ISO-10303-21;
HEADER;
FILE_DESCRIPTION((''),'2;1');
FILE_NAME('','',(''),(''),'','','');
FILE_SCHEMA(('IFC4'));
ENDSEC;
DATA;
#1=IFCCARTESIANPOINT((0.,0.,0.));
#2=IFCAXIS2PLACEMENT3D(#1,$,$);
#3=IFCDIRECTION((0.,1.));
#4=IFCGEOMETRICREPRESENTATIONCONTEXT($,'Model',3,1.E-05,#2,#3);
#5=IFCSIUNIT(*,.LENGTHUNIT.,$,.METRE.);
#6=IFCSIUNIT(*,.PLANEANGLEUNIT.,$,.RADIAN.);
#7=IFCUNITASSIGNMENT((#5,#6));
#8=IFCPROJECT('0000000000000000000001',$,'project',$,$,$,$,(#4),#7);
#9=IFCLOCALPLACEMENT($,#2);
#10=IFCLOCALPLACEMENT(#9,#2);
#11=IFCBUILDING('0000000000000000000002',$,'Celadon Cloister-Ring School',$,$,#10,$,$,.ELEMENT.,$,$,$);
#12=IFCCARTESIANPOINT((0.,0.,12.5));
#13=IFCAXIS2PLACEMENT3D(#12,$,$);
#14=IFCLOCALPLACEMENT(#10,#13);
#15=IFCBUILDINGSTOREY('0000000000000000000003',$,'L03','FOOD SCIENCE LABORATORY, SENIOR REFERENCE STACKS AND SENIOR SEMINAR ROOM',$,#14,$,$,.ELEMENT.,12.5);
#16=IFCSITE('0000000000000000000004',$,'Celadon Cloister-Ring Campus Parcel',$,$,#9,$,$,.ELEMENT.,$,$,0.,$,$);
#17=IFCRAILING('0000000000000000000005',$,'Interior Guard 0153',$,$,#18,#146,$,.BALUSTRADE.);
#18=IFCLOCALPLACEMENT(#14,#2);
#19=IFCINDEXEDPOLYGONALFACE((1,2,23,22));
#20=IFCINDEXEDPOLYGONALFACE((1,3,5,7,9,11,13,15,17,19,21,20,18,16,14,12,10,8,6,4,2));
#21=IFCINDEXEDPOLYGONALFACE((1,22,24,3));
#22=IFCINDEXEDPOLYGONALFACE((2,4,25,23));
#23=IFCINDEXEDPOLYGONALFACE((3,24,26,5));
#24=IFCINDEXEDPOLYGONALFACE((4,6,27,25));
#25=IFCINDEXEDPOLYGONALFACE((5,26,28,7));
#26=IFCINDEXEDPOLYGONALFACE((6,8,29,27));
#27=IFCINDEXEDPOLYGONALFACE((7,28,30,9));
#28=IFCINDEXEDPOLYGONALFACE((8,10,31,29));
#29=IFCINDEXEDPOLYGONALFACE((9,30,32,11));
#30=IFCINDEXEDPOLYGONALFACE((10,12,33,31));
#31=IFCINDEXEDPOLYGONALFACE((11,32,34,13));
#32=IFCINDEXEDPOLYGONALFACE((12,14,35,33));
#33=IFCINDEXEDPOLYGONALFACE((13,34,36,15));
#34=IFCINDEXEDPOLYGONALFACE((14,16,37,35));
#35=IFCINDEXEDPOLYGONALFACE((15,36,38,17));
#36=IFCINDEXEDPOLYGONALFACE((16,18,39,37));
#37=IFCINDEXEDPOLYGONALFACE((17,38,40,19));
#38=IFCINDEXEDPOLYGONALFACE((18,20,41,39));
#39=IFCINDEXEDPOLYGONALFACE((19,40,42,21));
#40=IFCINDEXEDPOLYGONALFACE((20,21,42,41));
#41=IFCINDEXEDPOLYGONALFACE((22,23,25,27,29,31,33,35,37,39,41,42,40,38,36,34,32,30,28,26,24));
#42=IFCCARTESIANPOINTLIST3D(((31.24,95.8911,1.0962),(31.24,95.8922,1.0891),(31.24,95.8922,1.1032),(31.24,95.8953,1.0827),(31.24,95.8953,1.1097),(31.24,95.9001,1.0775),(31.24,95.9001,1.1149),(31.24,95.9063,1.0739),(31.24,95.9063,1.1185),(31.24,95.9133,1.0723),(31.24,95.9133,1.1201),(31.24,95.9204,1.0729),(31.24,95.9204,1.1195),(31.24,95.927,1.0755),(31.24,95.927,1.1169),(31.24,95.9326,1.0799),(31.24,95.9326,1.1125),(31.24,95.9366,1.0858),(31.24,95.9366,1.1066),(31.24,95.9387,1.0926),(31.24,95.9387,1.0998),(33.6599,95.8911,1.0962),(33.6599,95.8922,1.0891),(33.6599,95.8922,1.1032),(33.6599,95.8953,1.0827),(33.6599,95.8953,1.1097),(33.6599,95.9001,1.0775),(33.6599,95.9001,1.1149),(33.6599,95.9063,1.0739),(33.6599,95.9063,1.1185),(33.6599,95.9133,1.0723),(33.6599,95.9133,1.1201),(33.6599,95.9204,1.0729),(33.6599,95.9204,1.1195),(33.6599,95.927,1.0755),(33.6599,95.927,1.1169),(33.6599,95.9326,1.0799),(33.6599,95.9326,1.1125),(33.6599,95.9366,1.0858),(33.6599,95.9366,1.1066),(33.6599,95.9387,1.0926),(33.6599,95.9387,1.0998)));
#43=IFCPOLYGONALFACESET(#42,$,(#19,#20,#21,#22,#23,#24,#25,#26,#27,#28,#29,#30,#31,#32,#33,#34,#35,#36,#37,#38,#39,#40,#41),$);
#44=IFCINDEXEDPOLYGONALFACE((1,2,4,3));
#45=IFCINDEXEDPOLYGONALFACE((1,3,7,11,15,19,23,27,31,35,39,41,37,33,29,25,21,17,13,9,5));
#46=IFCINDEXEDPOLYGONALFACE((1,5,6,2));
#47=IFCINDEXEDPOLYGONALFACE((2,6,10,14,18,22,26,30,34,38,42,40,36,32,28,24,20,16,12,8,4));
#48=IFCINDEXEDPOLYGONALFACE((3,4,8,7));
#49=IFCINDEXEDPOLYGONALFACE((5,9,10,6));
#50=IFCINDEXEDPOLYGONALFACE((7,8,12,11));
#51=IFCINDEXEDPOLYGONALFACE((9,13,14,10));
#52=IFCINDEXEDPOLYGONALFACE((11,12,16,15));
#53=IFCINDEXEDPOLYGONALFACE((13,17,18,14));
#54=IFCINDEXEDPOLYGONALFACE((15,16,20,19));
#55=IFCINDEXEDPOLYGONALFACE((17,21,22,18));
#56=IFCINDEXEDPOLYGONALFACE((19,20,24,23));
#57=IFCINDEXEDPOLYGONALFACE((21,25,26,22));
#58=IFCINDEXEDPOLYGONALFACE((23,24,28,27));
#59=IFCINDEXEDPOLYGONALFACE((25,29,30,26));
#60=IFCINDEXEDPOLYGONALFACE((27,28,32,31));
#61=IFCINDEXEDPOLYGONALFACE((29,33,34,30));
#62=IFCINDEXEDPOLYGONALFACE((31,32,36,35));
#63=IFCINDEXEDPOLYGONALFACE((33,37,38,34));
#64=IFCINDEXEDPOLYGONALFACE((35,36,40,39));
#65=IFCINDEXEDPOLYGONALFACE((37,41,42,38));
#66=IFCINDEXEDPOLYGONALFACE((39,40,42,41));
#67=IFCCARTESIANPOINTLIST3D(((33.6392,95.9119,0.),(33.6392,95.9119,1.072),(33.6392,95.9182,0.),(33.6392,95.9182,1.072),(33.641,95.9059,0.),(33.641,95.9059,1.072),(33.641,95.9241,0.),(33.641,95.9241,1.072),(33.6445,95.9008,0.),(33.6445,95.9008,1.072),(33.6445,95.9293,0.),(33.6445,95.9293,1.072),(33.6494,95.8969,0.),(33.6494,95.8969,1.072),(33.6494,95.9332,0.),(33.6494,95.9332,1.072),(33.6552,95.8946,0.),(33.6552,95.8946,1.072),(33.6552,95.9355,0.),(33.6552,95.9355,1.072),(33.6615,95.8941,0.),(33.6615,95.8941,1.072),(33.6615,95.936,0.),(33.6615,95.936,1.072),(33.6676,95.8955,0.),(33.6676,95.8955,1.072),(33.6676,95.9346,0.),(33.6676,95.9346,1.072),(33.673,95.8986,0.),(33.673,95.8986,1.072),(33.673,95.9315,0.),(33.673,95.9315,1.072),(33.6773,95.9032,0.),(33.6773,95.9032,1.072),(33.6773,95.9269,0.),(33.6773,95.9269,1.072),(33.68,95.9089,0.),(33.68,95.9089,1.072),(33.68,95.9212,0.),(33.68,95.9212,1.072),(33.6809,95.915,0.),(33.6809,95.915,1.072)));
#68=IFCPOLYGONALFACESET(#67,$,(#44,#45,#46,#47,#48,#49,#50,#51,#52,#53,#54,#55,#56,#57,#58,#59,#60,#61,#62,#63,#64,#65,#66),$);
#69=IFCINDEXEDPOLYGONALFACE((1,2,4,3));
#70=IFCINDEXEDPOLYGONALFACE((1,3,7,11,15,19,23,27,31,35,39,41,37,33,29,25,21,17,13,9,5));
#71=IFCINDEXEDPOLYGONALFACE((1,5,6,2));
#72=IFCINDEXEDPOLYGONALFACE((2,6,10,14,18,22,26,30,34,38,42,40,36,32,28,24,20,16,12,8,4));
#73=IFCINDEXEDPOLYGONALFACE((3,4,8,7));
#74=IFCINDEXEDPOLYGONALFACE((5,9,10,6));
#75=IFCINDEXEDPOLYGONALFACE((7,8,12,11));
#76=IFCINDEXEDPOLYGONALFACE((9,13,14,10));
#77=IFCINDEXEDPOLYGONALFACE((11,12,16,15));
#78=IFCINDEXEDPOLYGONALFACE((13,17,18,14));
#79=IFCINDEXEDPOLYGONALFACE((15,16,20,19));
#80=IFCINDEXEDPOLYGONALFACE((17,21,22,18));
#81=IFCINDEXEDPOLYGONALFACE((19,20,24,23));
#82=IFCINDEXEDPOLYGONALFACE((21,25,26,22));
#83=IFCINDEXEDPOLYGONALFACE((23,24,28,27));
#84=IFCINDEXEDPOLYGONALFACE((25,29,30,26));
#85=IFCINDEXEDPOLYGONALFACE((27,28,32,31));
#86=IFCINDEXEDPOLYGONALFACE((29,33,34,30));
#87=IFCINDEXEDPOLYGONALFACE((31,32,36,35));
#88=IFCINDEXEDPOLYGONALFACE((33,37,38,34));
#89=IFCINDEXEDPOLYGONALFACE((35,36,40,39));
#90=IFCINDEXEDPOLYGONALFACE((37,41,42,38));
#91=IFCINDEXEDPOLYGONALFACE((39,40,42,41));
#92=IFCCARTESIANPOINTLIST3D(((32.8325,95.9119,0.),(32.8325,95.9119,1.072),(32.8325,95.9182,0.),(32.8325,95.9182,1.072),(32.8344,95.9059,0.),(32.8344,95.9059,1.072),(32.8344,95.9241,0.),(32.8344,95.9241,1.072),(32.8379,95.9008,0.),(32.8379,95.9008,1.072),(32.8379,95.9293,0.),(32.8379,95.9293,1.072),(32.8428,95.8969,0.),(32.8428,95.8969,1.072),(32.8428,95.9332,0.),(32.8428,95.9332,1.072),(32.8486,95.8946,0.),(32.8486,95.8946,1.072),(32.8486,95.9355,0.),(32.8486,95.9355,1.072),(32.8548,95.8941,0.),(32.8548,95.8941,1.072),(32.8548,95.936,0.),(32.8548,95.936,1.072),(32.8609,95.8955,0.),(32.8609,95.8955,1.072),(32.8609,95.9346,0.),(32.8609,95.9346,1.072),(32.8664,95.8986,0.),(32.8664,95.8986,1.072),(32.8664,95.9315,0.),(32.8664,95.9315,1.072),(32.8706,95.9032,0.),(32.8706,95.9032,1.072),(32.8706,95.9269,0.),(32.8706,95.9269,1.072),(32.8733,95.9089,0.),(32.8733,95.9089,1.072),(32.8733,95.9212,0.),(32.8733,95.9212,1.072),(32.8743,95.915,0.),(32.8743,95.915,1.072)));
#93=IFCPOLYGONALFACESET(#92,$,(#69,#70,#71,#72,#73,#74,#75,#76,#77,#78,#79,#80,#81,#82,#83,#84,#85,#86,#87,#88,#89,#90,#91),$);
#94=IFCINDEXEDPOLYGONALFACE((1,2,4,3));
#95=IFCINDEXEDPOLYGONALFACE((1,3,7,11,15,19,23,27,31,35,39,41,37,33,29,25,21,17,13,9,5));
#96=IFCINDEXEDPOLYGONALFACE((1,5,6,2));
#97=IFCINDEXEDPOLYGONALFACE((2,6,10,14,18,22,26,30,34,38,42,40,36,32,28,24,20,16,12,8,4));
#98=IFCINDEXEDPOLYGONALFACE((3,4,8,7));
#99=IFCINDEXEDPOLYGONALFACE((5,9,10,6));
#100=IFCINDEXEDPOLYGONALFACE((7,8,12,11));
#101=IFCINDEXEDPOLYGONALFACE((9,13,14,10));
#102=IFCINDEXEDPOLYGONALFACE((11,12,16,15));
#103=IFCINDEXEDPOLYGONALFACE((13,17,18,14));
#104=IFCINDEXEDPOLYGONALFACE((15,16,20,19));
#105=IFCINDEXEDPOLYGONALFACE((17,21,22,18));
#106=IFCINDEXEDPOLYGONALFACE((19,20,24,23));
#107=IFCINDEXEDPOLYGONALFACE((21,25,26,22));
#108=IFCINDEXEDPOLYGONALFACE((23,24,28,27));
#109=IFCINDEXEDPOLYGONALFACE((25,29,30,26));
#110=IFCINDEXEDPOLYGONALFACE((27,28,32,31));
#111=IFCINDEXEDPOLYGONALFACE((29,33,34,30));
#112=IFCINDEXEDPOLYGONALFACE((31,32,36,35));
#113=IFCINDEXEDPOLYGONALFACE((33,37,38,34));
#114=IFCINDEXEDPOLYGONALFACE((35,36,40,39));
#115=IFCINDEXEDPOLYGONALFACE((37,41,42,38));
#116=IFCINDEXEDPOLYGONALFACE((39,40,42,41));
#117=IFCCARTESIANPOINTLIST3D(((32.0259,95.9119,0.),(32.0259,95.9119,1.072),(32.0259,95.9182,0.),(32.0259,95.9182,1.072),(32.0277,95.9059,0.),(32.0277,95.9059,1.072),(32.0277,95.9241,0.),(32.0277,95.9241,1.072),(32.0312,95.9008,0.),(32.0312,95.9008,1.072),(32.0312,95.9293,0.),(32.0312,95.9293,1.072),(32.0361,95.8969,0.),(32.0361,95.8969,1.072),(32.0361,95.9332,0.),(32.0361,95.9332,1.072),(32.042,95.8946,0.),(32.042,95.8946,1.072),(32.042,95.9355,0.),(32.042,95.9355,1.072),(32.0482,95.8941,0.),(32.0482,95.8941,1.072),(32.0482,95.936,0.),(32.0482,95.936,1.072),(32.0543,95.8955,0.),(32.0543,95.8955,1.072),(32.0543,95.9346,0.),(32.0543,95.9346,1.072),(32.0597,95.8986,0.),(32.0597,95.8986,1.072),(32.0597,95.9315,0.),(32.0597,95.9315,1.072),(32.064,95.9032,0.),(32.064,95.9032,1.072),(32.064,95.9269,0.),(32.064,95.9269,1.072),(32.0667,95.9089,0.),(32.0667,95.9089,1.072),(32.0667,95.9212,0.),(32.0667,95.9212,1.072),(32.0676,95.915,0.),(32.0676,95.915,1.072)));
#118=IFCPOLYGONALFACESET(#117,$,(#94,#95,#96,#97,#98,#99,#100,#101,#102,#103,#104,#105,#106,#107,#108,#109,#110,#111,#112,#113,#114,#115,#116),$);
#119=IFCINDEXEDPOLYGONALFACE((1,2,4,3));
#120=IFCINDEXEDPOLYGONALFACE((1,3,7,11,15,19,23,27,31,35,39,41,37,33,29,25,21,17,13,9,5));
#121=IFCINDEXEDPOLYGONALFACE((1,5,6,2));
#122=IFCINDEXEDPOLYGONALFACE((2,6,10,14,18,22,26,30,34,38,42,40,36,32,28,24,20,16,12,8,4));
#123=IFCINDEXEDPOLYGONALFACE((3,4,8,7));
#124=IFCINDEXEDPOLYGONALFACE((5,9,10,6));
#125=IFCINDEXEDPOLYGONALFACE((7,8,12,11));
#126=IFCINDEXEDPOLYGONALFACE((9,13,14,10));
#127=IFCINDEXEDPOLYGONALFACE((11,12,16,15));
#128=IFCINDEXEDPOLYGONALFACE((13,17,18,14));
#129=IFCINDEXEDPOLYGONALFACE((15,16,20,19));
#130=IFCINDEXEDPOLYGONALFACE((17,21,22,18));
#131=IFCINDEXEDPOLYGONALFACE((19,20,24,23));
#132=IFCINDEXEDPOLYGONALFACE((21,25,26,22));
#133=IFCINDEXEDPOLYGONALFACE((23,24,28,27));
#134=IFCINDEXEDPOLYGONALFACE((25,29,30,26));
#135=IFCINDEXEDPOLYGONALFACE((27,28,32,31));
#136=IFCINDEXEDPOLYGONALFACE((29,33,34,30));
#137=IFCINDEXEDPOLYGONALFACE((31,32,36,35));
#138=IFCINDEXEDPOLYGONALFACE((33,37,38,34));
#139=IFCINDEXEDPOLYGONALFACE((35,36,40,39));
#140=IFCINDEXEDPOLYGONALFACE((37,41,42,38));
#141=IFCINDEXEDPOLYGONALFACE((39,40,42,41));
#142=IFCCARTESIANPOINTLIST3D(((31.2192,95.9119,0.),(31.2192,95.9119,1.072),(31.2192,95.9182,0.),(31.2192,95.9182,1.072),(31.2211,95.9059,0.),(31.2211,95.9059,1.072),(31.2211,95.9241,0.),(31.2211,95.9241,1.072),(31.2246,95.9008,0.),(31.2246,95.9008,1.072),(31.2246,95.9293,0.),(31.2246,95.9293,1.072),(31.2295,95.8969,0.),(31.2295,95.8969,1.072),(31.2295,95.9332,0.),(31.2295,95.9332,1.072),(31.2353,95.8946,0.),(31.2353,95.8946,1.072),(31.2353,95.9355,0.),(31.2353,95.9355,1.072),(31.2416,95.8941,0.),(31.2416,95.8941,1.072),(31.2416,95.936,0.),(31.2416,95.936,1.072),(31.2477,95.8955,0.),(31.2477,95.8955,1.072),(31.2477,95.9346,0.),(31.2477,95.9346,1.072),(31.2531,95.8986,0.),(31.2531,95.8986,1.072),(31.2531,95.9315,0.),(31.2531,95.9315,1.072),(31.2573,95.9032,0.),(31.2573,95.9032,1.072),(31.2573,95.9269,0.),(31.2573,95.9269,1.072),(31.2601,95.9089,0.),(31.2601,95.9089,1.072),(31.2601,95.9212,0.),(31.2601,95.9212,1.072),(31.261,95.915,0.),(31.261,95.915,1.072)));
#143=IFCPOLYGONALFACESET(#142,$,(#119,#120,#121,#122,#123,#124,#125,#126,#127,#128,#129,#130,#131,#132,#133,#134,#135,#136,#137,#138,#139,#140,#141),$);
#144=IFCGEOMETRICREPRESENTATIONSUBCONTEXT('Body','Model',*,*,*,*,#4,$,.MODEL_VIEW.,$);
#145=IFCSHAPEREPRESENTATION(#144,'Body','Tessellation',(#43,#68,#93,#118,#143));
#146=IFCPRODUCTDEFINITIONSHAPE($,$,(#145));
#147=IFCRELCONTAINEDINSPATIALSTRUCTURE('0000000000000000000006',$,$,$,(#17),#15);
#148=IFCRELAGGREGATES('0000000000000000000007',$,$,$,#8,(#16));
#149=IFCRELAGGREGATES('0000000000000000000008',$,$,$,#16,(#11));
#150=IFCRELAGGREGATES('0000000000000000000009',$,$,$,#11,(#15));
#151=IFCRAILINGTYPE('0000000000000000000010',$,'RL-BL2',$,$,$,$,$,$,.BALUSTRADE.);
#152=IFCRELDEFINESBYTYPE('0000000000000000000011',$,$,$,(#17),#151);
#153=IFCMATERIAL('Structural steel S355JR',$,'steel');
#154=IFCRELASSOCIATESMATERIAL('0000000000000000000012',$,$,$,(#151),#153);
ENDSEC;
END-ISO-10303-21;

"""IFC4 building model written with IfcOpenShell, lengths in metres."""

from ifc_helpers import new_model, si_unit, direction, frame, origin, origin_2d, place, context, subcontext, project, spatial, circle, extrude, material, type_object, element, save


model = new_model("IFC4")

# Units and contexts
model_context = context("Model", 3, precision=1e-05, world=origin(), true_north=direction((0.0, 1.0)))
body_context = subcontext(model_context, "Body", "Model", "MODEL_VIEW")
ifc_project = project(units=[si_unit("LENGTHUNIT", "METRE"), si_unit("PLANEANGLEUNIT", "RADIAN")], contexts=[model_context])

# Site, building, storey
site_placement = place(None, origin())
site = spatial("IfcSite", under=ifc_project, at=site_placement, Name="Celadon Cloister-Ring Campus Parcel", CompositionType="ELEMENT", RefElevation=0.0)
building_placement = place(site_placement, origin())
building = spatial("IfcBuilding", under=site, at=building_placement, Name="Celadon Cloister-Ring School", CompositionType="ELEMENT")
storey_placement = place(building_placement, frame((0.0, 0.0, 12.5)))
storey = spatial("IfcBuildingStorey", under=building, at=storey_placement, Name="L03", Description="FOOD SCIENCE LABORATORY, SENIOR REFERENCE STACKS AND SENIOR SEMINAR ROOM", CompositionType="ELEMENT", Elevation=12.5)

# Railing
ifc_material_1 = material(Name="Structural steel S355JR", Category="steel")
railing_type_1 = type_object("IfcRailingType", Name="RL-BL2", PredefinedType="BALUSTRADE", material=ifc_material_1)
railing_1_placement = place(storey_placement, frame((33.6599, 95.915, 0.0)))
element("IfcRailing", 1, at=railing_1_placement, inside=storey, type_object=railing_type_1, Name="Interior Guard 0153", PredefinedType="BALUSTRADE", context=body_context, shape_type="SweptSolid", body=[
    extrude(circle(Radius=0.0239, at=origin_2d()), frame((0.0, 0.0, 1.0962), z_axis=(-1.0, 0.0, 0.0), x_axis=(0.0, -1.0, 0.0)), (0.0, 0.0, 1.0), 2.4199),
    extrude(circle(Radius=0.021, at=origin_2d()), origin(), (0.0, 0.0, 1.0), 1.072),
    extrude(circle(Radius=0.021, at=origin_2d()), frame((-0.8066, 0.0, 0.0)), (0.0, 0.0, 1.0), 1.072),
    extrude(circle(Radius=0.021, at=origin_2d()), frame((-1.6133, 0.0, 0.0)), (0.0, 0.0, 1.0), 1.072),
    extrude(circle(Radius=0.021, at=origin_2d()), frame((-2.4199, 0.0, 0.0)), (0.0, 0.0, 1.0), 1.072),
])

save(model, "model.ifc")
